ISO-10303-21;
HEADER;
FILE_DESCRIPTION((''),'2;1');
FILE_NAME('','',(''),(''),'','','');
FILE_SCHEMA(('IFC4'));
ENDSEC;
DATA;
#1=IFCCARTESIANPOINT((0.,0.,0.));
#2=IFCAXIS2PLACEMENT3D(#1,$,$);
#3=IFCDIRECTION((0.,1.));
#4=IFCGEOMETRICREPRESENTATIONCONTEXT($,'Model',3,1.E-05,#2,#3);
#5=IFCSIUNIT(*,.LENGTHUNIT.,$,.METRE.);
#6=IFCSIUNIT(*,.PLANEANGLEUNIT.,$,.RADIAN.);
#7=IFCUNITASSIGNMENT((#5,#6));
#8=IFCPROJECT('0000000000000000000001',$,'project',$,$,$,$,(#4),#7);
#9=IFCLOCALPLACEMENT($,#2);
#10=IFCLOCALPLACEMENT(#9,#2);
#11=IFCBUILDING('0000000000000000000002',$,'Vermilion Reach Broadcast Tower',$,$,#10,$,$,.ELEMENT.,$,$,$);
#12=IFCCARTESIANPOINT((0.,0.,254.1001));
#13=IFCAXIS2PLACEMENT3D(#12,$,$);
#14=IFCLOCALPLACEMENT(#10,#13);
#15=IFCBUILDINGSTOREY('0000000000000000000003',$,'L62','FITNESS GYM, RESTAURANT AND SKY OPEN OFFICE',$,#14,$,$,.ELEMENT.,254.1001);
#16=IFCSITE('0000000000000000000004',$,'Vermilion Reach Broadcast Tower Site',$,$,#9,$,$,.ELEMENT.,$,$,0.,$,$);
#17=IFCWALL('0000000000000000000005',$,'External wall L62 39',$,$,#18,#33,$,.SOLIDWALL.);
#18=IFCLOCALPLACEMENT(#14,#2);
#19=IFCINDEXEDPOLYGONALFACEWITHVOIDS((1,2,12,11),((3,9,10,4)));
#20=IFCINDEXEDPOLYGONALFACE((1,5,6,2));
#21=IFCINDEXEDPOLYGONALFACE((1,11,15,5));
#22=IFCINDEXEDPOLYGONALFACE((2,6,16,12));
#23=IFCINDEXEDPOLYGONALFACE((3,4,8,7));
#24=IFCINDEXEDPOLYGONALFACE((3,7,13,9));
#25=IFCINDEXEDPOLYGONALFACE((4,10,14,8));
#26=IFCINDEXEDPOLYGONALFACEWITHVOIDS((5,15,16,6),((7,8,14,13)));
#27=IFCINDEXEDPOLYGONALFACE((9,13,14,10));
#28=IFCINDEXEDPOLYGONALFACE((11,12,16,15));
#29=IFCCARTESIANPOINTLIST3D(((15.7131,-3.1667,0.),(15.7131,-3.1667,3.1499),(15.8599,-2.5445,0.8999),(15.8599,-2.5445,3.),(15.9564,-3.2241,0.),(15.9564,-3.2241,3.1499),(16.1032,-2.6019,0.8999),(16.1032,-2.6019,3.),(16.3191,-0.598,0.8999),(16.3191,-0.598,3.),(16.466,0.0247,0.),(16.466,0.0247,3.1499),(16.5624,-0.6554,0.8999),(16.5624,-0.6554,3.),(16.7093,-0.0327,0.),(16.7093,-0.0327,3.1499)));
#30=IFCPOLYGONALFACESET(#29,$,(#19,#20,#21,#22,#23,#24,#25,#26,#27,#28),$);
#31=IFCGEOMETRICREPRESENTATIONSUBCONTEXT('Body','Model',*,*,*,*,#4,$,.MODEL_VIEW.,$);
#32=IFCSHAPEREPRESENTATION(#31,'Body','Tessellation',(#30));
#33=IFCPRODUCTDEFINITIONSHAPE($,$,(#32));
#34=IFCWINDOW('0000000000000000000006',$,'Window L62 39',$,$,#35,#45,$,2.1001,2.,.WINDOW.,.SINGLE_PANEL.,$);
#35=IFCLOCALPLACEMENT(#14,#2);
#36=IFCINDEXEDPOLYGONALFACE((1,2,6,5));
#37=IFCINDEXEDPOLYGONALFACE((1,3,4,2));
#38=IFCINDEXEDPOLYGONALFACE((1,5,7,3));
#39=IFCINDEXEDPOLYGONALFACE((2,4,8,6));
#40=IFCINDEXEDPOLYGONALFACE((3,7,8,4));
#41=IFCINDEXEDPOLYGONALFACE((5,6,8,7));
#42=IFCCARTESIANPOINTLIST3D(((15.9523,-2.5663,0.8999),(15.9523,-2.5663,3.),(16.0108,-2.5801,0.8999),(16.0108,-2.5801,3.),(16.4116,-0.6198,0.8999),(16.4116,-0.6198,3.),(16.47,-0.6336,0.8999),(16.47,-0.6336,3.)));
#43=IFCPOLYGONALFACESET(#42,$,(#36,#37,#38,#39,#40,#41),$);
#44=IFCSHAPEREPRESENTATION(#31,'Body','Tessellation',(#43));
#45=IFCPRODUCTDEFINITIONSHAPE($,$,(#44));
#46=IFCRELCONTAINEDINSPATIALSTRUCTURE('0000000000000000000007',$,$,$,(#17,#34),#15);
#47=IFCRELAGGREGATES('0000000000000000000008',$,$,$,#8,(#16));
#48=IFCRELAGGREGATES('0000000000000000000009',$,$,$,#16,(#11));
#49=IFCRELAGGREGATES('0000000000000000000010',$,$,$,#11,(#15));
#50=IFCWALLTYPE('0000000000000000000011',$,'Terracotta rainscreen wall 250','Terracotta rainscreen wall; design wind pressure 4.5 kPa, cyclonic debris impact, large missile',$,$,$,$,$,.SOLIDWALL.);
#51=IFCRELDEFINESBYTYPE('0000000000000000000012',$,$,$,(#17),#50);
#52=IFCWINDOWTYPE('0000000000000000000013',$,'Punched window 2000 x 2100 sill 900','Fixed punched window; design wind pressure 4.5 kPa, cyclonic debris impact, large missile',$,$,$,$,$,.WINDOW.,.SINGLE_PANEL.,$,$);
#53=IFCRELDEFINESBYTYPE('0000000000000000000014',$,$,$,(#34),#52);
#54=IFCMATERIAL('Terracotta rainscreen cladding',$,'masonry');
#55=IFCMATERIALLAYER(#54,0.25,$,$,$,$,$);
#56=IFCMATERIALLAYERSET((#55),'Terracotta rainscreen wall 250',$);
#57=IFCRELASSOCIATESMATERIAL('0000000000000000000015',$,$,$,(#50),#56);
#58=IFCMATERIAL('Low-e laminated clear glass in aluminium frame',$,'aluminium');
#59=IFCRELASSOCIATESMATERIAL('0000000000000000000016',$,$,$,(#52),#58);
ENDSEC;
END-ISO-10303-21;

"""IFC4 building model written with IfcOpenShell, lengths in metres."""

from ifc_helpers import new_model, si_unit, direction, frame, frame_2d, origin, place, context, subcontext, project, spatial, rectangle, extrude, material, layer, layer_set, type_object, element, fill, save


model = new_model("IFC4")

# Units and contexts
model_context = context("Model", 3, precision=1e-05, world=origin(), true_north=direction((0.0, 1.0)))
body_context = subcontext(model_context, "Body", "Model", "MODEL_VIEW")
ifc_project = project(units=[si_unit("LENGTHUNIT", "METRE"), si_unit("PLANEANGLEUNIT", "RADIAN")], contexts=[model_context])

# Site, building, storey
site_placement = place(None, origin())
site = spatial("IfcSite", under=ifc_project, at=site_placement, Name="Vermilion Reach Broadcast Tower Site", CompositionType="ELEMENT", RefElevation=0.0)
building_placement = place(site_placement, origin())
building = spatial("IfcBuilding", under=site, at=building_placement, Name="Vermilion Reach Broadcast Tower", CompositionType="ELEMENT")
storey_placement = place(building_placement, frame((0.0, 0.0, 254.1001)))
storey = spatial("IfcBuildingStorey", under=building, at=storey_placement, Name="L62", Description="FITNESS GYM, RESTAURANT AND SKY OPEN OFFICE", CompositionType="ELEMENT", Elevation=254.1001)

# Shared definitions
ifc_material_1 = material(Name="Terracotta rainscreen cladding", Category="masonry")
ifc_layer_1 = layer(ifc_material_1, 0.25)
ifc_layer_set_1 = layer_set([ifc_layer_1], Name="Terracotta rainscreen wall 250")
wall_type_1 = type_object("IfcWallType", Name="Terracotta rainscreen wall 250", Description="Terracotta rainscreen wall; design wind pressure 4.5 kPa, cyclonic debris impact, large missile", PredefinedType="SOLIDWALL", material=ifc_layer_set_1)

# Wall, opening, window
wall_1_placement = place(storey_placement, frame((15.8347, -3.1956, 0.0), z_axis=(0.0, 0.0, 1.0), x_axis=(0.22962, 0.97328, 0.0)))
wall_1 = element("IfcWall", 1, at=wall_1_placement, inside=storey, type_object=wall_type_1, Name="External wall L62 39", PredefinedType="SOLIDWALL", context=body_context, shape_type="SweptSolid", body=[
    extrude(rectangle(XDim=3.2791, YDim=0.25, at=frame_2d((1.6396, 0.0))), origin(), (0.0, 0.0, 1.0), 3.1499),
])
opening_1_placement = place(wall_1_placement, frame((0.6394, 0.0, 0.8999)))
opening_1 = element("IfcOpeningElement", 2, at=opening_1_placement, cuts=wall_1, PredefinedType="OPENING", context=body_context, shape_type="SweptSolid", body=[
    extrude(rectangle(XDim=2.0, YDim=2.1001, at=frame_2d((1.0, 1.05))), frame((0.0, 0.135, 0.0), z_axis=(0.0, -1.0, 0.0), x_axis=(1.0, 0.0, 0.0)), (0.0, 0.0, 1.0), 0.27),
])
ifc_material_2 = material(Name="Low-e laminated clear glass in aluminium frame", Category="aluminium")
window_type = type_object("IfcWindowType", Name="Punched window 2000 x 2100 sill 900", Description="Fixed punched window; design wind pressure 4.5 kPa, cyclonic debris impact, large missile", PartitioningType="SINGLE_PANEL", PredefinedType="WINDOW", material=ifc_material_2)
window_placement = place(opening_1_placement, origin())
window = element("IfcWindow", 3, at=window_placement, inside=storey, type_object=window_type, Name="Window L62 39", OverallHeight=2.1001, OverallWidth=2.0, PartitioningType="SINGLE_PANEL", PredefinedType="WINDOW", context=body_context, shape_type="SweptSolid", body=[
    extrude(rectangle(XDim=2.0, YDim=2.1001, at=frame_2d((1.0, 1.05))), frame((0.0, 0.03, 0.0), z_axis=(0.0, -1.0, 0.0), x_axis=(1.0, 0.0, 0.0)), (0.0, 0.0, 1.0), 0.0601),
])
fill(opening_1, window)

save(model, "model.ifc")
